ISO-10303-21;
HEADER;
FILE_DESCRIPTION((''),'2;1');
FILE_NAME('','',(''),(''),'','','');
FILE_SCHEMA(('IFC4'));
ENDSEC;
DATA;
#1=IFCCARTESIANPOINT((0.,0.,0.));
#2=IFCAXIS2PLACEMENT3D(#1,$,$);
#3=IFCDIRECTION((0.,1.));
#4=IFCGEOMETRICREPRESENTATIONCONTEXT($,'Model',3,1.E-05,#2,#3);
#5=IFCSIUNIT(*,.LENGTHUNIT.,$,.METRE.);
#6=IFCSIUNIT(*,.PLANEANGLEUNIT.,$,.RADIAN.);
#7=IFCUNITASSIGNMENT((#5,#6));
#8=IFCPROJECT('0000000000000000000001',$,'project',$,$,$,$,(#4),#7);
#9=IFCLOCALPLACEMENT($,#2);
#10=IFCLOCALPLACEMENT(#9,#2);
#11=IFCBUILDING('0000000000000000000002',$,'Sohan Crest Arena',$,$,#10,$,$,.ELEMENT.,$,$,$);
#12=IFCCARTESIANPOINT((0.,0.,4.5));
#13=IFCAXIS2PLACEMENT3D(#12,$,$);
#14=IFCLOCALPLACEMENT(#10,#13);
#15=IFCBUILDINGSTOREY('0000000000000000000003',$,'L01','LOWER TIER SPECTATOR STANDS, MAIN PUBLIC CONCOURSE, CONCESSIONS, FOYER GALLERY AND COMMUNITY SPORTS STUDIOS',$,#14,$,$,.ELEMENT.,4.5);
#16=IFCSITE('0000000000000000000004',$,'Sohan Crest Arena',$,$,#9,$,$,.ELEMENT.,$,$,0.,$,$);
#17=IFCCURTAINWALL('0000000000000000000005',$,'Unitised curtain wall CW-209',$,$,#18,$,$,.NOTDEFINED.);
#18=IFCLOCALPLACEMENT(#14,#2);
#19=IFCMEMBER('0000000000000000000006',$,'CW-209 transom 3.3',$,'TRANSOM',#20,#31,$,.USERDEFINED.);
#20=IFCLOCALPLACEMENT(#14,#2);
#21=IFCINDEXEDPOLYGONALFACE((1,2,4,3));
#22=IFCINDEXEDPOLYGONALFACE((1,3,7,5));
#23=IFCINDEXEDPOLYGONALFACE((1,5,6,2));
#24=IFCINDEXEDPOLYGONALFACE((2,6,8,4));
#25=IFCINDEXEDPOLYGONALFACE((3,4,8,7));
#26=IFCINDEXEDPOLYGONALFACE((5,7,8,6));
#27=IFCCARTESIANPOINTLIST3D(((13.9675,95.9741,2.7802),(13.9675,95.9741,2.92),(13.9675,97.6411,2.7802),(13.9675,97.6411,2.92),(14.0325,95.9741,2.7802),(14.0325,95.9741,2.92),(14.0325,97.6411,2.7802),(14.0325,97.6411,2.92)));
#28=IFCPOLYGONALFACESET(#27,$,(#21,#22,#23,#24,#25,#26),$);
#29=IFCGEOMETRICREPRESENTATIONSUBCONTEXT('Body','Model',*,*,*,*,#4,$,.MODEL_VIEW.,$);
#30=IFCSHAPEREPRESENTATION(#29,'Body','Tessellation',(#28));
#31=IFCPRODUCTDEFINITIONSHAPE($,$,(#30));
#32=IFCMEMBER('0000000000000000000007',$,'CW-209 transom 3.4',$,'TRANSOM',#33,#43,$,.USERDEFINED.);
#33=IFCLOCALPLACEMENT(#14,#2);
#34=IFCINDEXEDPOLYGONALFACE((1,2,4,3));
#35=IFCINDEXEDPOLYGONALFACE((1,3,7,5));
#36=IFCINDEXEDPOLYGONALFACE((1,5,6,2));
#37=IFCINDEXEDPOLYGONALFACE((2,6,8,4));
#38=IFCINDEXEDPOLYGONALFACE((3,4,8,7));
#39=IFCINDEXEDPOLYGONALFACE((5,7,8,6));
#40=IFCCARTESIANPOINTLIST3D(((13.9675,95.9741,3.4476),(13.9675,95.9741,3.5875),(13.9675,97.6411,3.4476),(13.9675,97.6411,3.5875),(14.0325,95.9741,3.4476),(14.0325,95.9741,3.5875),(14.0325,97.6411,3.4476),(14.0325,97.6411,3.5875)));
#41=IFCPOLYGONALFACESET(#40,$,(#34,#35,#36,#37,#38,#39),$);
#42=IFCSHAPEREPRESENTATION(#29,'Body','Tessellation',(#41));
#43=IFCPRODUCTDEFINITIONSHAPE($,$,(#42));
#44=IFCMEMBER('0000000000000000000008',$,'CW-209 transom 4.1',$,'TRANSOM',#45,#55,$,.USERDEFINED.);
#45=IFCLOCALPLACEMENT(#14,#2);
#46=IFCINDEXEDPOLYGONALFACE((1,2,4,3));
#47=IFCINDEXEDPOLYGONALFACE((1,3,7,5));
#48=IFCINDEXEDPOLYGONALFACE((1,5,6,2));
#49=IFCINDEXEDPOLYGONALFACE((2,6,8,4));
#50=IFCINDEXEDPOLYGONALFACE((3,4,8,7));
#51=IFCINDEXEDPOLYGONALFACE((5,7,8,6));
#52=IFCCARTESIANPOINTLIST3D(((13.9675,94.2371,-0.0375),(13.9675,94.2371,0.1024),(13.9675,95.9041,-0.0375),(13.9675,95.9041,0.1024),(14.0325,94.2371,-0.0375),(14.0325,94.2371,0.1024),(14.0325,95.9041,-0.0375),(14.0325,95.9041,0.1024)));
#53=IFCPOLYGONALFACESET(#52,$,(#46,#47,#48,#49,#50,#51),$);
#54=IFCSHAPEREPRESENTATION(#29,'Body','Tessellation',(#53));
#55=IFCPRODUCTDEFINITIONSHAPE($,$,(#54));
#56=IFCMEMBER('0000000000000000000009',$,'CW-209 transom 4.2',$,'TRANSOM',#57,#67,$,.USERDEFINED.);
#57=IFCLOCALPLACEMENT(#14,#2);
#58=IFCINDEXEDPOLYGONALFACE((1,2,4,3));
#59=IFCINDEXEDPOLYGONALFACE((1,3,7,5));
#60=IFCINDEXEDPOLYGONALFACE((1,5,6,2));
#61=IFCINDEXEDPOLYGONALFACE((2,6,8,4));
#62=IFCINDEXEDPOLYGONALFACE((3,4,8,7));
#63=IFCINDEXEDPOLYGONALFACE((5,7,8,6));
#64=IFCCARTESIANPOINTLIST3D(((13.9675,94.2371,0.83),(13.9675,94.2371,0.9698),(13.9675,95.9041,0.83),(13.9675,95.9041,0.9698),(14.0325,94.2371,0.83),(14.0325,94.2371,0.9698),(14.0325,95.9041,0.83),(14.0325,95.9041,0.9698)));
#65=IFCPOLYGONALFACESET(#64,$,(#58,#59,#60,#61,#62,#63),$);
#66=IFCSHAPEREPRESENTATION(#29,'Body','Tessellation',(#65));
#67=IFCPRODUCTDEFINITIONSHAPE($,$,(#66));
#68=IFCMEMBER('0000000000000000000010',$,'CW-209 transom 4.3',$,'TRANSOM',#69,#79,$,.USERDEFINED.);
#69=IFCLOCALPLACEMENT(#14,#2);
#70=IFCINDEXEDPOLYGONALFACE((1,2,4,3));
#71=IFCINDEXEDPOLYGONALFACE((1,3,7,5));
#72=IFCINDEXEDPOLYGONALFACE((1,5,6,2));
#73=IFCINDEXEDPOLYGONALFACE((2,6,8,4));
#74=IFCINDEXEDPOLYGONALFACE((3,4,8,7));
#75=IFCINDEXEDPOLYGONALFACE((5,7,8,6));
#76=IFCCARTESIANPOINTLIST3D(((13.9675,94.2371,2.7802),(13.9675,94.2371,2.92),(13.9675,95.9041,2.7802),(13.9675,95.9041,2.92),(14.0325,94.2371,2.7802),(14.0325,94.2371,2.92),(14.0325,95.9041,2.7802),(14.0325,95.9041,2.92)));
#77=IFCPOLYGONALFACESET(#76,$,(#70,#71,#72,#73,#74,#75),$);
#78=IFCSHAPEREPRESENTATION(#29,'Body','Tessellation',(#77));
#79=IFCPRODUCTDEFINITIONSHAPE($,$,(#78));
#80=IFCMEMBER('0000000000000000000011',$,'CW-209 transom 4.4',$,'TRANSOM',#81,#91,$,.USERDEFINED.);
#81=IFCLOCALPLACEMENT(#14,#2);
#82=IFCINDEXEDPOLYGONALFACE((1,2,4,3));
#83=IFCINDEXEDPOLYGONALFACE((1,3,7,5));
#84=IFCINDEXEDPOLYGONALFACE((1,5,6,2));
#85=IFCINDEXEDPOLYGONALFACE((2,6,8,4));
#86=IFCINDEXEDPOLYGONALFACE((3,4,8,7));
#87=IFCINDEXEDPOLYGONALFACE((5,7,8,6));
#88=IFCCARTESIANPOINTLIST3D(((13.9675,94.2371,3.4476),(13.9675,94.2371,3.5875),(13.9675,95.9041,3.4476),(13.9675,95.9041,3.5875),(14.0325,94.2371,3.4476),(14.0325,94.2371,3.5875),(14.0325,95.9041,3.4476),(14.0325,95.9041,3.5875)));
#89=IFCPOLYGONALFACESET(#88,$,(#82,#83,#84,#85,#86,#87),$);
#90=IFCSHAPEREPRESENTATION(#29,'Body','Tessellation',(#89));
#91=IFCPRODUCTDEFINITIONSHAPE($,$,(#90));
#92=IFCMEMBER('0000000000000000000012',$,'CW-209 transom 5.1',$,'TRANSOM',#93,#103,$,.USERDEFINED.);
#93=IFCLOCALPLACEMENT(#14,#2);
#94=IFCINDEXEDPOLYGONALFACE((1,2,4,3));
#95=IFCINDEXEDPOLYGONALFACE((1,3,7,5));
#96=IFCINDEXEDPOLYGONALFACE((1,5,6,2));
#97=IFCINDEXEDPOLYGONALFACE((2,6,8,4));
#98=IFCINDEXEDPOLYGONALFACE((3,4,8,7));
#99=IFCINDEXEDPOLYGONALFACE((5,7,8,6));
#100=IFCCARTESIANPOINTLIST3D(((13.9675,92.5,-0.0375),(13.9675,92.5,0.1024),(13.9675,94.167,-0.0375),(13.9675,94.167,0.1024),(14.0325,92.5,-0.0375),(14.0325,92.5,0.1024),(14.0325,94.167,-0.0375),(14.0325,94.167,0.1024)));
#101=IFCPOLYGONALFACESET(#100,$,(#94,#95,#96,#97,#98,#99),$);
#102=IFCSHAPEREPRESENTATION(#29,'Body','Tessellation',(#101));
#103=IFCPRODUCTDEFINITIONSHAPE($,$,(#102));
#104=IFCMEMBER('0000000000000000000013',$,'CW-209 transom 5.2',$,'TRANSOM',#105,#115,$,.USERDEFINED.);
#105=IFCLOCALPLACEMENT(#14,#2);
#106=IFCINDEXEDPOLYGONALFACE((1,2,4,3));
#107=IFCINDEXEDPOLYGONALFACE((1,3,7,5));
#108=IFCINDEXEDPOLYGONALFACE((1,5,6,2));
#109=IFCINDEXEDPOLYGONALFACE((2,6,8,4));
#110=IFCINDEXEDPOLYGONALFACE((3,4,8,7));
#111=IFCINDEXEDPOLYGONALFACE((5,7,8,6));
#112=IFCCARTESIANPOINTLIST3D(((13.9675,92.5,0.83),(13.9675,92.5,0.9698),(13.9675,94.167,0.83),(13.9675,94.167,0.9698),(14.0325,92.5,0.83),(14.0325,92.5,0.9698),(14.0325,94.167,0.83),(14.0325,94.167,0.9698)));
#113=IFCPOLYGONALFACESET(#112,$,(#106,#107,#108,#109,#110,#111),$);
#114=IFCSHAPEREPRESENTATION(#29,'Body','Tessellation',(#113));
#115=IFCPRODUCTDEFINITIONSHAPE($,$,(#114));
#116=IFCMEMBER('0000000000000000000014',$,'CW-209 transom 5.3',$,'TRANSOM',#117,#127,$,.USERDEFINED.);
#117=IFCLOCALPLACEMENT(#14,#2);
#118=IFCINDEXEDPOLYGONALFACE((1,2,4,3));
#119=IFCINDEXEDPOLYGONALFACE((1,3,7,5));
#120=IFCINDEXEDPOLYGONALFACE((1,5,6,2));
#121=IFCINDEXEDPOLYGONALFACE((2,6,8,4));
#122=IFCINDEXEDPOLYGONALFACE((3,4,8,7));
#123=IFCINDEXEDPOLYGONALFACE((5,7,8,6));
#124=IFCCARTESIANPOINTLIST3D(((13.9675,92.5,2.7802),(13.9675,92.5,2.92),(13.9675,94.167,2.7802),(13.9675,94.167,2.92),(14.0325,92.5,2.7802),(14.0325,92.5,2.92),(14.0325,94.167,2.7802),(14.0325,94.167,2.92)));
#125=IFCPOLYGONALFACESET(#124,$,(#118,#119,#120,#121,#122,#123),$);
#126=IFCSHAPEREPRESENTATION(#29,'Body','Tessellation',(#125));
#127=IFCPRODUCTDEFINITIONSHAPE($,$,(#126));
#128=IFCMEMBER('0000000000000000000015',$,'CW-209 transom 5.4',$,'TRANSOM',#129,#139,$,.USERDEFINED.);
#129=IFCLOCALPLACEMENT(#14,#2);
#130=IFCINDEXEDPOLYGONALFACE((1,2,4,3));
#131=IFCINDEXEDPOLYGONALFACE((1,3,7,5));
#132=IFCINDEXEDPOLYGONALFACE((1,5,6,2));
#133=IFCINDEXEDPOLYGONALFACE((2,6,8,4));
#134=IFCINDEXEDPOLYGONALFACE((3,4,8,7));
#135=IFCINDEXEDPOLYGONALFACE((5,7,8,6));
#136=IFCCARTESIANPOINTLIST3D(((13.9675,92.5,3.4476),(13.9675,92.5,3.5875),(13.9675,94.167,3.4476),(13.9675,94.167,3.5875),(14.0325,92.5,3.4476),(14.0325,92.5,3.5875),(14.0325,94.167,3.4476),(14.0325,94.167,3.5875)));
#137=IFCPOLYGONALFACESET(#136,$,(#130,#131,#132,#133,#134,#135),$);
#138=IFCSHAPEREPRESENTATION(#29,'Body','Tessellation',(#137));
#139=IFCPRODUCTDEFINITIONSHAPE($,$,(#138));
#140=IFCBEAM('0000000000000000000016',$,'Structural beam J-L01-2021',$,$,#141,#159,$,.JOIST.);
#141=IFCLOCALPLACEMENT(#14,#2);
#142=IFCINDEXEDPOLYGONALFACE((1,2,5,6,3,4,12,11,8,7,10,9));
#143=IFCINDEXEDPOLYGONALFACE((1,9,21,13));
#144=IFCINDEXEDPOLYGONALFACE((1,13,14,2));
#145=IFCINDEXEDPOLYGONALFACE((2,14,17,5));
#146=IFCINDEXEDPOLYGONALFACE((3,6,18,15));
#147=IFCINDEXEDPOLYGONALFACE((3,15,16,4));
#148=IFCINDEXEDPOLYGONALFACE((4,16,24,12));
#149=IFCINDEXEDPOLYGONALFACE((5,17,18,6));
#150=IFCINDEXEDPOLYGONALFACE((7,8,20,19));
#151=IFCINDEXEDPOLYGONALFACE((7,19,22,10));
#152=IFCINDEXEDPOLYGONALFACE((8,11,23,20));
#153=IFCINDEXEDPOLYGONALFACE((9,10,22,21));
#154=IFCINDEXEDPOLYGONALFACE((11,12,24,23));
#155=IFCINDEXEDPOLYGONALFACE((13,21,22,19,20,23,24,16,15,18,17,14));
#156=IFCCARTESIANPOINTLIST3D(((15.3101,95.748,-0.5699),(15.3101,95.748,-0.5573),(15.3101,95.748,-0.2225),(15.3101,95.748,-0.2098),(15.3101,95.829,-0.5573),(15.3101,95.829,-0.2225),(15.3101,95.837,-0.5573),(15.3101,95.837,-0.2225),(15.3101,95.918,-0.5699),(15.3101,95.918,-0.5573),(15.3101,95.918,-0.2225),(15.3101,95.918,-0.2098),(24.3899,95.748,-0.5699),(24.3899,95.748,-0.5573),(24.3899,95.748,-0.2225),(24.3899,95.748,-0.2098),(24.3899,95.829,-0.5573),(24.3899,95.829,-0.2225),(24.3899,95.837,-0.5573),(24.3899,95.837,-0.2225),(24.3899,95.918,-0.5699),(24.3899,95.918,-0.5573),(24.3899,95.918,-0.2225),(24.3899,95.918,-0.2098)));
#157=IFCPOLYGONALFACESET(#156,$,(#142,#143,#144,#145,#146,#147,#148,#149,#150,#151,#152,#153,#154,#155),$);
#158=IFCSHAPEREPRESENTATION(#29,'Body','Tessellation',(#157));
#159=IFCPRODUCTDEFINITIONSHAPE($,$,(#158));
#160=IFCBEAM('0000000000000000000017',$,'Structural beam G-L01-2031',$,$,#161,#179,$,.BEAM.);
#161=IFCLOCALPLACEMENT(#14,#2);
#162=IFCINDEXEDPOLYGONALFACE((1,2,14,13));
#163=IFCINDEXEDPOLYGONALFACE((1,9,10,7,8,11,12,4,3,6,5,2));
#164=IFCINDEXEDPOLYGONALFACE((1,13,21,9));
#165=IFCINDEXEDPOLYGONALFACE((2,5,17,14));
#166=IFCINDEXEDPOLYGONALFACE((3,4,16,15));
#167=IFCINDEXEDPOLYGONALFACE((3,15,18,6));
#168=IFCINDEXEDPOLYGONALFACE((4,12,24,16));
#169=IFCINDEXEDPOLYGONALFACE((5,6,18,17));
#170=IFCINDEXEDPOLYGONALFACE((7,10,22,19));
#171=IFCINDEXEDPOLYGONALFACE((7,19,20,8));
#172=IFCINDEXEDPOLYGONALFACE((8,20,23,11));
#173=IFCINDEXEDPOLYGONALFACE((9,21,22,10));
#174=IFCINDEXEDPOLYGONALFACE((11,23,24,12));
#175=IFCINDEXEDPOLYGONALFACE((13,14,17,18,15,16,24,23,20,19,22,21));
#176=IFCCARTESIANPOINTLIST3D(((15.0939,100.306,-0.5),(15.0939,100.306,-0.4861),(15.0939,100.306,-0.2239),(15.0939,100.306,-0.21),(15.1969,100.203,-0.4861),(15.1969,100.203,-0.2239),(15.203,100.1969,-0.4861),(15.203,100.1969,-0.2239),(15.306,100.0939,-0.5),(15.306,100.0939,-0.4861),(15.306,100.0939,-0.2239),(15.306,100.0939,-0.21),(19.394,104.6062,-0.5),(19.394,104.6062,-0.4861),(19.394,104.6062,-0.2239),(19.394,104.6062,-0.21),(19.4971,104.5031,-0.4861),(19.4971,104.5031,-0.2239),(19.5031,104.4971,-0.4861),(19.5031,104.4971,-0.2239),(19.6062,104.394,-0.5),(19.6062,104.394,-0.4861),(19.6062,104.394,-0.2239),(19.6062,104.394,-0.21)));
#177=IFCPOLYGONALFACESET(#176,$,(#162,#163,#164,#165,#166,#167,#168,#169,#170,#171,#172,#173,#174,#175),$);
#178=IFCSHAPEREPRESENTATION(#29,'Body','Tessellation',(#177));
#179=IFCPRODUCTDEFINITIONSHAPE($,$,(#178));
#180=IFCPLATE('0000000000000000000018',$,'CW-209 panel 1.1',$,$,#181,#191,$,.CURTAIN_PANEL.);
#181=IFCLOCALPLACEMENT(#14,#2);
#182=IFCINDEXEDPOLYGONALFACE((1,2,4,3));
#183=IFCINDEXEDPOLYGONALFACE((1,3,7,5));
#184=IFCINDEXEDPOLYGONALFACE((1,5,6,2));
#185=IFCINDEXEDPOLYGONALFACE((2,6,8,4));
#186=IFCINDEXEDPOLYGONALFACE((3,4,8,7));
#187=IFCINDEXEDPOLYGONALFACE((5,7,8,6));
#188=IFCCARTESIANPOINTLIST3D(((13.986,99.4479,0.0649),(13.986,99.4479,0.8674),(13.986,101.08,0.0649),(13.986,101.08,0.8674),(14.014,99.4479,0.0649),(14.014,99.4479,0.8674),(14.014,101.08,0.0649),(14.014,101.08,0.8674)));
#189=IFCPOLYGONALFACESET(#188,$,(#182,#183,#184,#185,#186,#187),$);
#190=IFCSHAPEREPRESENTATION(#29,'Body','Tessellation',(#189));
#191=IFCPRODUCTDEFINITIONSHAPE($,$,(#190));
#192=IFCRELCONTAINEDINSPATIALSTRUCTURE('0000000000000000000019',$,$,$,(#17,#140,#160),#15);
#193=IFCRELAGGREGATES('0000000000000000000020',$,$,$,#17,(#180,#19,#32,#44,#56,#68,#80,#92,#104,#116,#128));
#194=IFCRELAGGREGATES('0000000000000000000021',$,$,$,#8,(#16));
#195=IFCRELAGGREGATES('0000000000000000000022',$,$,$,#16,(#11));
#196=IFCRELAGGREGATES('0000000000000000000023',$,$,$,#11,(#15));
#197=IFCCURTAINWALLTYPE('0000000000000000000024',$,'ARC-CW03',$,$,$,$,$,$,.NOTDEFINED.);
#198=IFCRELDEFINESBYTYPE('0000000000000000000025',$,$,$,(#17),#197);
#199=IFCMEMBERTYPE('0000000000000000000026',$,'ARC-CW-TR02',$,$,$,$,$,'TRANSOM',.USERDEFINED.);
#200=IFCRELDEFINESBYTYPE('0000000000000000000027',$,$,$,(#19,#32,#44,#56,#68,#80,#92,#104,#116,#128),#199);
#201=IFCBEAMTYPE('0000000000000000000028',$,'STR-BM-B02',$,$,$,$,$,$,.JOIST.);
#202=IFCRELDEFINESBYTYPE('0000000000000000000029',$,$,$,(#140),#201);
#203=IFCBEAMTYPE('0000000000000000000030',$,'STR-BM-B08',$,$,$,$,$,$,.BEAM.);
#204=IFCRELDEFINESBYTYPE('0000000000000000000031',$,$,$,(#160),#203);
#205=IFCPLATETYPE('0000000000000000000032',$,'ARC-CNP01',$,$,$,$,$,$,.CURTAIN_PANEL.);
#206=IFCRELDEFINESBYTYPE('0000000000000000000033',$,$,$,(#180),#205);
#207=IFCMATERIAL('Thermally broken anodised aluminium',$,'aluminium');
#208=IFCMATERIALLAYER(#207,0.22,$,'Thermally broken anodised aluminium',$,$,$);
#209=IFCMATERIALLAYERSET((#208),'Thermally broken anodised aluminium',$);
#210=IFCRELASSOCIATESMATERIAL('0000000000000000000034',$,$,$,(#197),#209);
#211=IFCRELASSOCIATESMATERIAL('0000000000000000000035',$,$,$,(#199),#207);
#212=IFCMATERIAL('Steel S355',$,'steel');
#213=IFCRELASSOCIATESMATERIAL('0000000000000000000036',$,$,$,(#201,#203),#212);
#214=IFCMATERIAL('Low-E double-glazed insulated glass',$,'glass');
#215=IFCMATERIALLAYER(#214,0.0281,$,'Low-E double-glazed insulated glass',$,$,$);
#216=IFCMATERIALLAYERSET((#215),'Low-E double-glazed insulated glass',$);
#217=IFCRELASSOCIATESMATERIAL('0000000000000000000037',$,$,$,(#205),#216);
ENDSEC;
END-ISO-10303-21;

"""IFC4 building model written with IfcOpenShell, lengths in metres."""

from ifc_helpers import new_model, si_unit, direction, frame, origin, origin_2d, place, context, subcontext, project, spatial, rectangle, i_section, extrude, material, layer, layer_set, material_profile, profile_set, type_object, element, aggregate, save


model = new_model("IFC4")

# Units and contexts
model_context = context("Model", 3, precision=1e-05, world=origin(), true_north=direction((0.0, 1.0)))
body_context = subcontext(model_context, "Body", "Model", "MODEL_VIEW")
ifc_project = project(units=[si_unit("LENGTHUNIT", "METRE"), si_unit("PLANEANGLEUNIT", "RADIAN")], contexts=[model_context])

# Site, building, storey
site_placement = place(None, origin())
site = spatial("IfcSite", under=ifc_project, at=site_placement, Name="Sohan Crest Arena", CompositionType="ELEMENT", RefElevation=0.0)
building_placement = place(site_placement, origin())
building = spatial("IfcBuilding", under=site, at=building_placement, Name="Sohan Crest Arena", CompositionType="ELEMENT")
storey_placement = place(building_placement, frame((0.0, 0.0, 4.5)))
storey = spatial("IfcBuildingStorey", under=building, at=storey_placement, Name="L01", Description="LOWER TIER SPECTATOR STANDS, MAIN PUBLIC CONCOURSE, CONCESSIONS, FOYER GALLERY AND COMMUNITY SPORTS STUDIOS", CompositionType="ELEMENT", Elevation=4.5)

# Shared definitions
ifc_material_1 = material(Name="Thermally broken anodised aluminium", Category="aluminium")

# Curtain wall, members
ifc_layer_1 = layer(ifc_material_1, 0.22, Name="Thermally broken anodised aluminium")
ifc_layer_set_1 = layer_set([ifc_layer_1], Name="Thermally broken anodised aluminium")
curtain_wall_type_1 = type_object("IfcCurtainWallType", Name="ARC-CW03", PredefinedType="NOTDEFINED", material=ifc_layer_set_1)
curtain_wall_1_placement = place(storey_placement, origin())
curtain_wall_1 = element("IfcCurtainWall", 1, at=curtain_wall_1_placement, inside=storey, type_object=curtain_wall_type_1, Name="Unitised curtain wall CW-209", PredefinedType="NOTDEFINED")
ifc_material_profile_1 = material_profile(ifc_material_1, rectangle(XDim=0.0649, YDim=0.1399, at=origin_2d()), Name="ALU-TRAN 65x140")
ifc_profile_set_1 = profile_set([ifc_material_profile_1], Name="Thermally broken anodised aluminium")
member_type_1 = type_object("IfcMemberType", Name="ARC-CW-TR02", ElementType="TRANSOM", PredefinedType="USERDEFINED", material=ifc_profile_set_1)
member_1_placement = place(storey_placement, frame((14.0, 97.6411, 2.8501), z_axis=(0.0, -1.0, 0.0), x_axis=(1.0, 0.0, 0.0)))
member_1 = element("IfcMember", 2, at=member_1_placement, type_object=member_type_1, Name="CW-209 transom 3.3", ObjectType="TRANSOM", PredefinedType="USERDEFINED", context=body_context, shape_type="SweptSolid", body=[
    extrude(rectangle(XDim=0.0649, YDim=0.1399, at=origin_2d()), origin(), (0.0, 0.0, 1.0), 1.667),
])
member_2_placement = place(storey_placement, frame((14.0, 97.6411, 3.5176), z_axis=(0.0, -1.0, 0.0), x_axis=(1.0, 0.0, 0.0)))
member_2 = element("IfcMember", 3, at=member_2_placement, type_object=member_type_1, Name="CW-209 transom 3.4", ObjectType="TRANSOM", PredefinedType="USERDEFINED", context=body_context, shape_type="SweptSolid", body=[
    extrude(rectangle(XDim=0.0649, YDim=0.1399, at=origin_2d()), origin(), (0.0, 0.0, 1.0), 1.667),
])
member_3_placement = place(storey_placement, frame((14.0, 95.9041, 0.0325), z_axis=(0.0, -1.0, 0.0), x_axis=(1.0, 0.0, 0.0)))
member_3 = element("IfcMember", 4, at=member_3_placement, type_object=member_type_1, Name="CW-209 transom 4.1", ObjectType="TRANSOM", PredefinedType="USERDEFINED", context=body_context, shape_type="SweptSolid", body=[
    extrude(rectangle(XDim=0.0649, YDim=0.1399, at=origin_2d()), origin(), (0.0, 0.0, 1.0), 1.667),
])
member_4_placement = place(storey_placement, frame((14.0, 95.9041, 0.8999), z_axis=(0.0, -1.0, 0.0), x_axis=(1.0, 0.0, 0.0)))
member_4 = element("IfcMember", 5, at=member_4_placement, type_object=member_type_1, Name="CW-209 transom 4.2", ObjectType="TRANSOM", PredefinedType="USERDEFINED", context=body_context, shape_type="SweptSolid", body=[
    extrude(rectangle(XDim=0.0649, YDim=0.1399, at=origin_2d()), origin(), (0.0, 0.0, 1.0), 1.667),
])
member_5_placement = place(storey_placement, frame((14.0, 95.9041, 2.8501), z_axis=(0.0, -1.0, 0.0), x_axis=(1.0, 0.0, 0.0)))
member_5 = element("IfcMember", 6, at=member_5_placement, type_object=member_type_1, Name="CW-209 transom 4.3", ObjectType="TRANSOM", PredefinedType="USERDEFINED", context=body_context, shape_type="SweptSolid", body=[
    extrude(rectangle(XDim=0.0649, YDim=0.1399, at=origin_2d()), origin(), (0.0, 0.0, 1.0), 1.667),
])
member_6_placement = place(storey_placement, frame((14.0, 95.9041, 3.5176), z_axis=(0.0, -1.0, 0.0), x_axis=(1.0, 0.0, 0.0)))
member_6 = element("IfcMember", 7, at=member_6_placement, type_object=member_type_1, Name="CW-209 transom 4.4", ObjectType="TRANSOM", PredefinedType="USERDEFINED", context=body_context, shape_type="SweptSolid", body=[
    extrude(rectangle(XDim=0.0649, YDim=0.1399, at=origin_2d()), origin(), (0.0, 0.0, 1.0), 1.667),
])
member_7_placement = place(storey_placement, frame((14.0, 94.167, 0.0325), z_axis=(0.0, -1.0, 0.0), x_axis=(1.0, 0.0, 0.0)))
member_7 = element("IfcMember", 8, at=member_7_placement, type_object=member_type_1, Name="CW-209 transom 5.1", ObjectType="TRANSOM", PredefinedType="USERDEFINED", context=body_context, shape_type="SweptSolid", body=[
    extrude(rectangle(XDim=0.0649, YDim=0.1399, at=origin_2d()), origin(), (0.0, 0.0, 1.0), 1.667),
])
member_8_placement = place(storey_placement, frame((14.0, 94.167, 0.8999), z_axis=(0.0, -1.0, 0.0), x_axis=(1.0, 0.0, 0.0)))
member_8 = element("IfcMember", 9, at=member_8_placement, type_object=member_type_1, Name="CW-209 transom 5.2", ObjectType="TRANSOM", PredefinedType="USERDEFINED", context=body_context, shape_type="SweptSolid", body=[
    extrude(rectangle(XDim=0.0649, YDim=0.1399, at=origin_2d()), origin(), (0.0, 0.0, 1.0), 1.667),
])
member_9_placement = place(storey_placement, frame((14.0, 94.167, 2.8501), z_axis=(0.0, -1.0, 0.0), x_axis=(1.0, 0.0, 0.0)))
member_9 = element("IfcMember", 10, at=member_9_placement, type_object=member_type_1, Name="CW-209 transom 5.3", ObjectType="TRANSOM", PredefinedType="USERDEFINED", context=body_context, shape_type="SweptSolid", body=[
    extrude(rectangle(XDim=0.0649, YDim=0.1399, at=origin_2d()), origin(), (0.0, 0.0, 1.0), 1.667),
])
member_10_placement = place(storey_placement, frame((14.0, 94.167, 3.5176), z_axis=(0.0, -1.0, 0.0), x_axis=(1.0, 0.0, 0.0)))
member_10 = element("IfcMember", 11, at=member_10_placement, type_object=member_type_1, Name="CW-209 transom 5.4", ObjectType="TRANSOM", PredefinedType="USERDEFINED", context=body_context, shape_type="SweptSolid", body=[
    extrude(rectangle(XDim=0.0649, YDim=0.1399, at=origin_2d()), origin(), (0.0, 0.0, 1.0), 1.667),
])

# Beams
ifc_material_2 = material(Name="Steel S355", Category="steel")
ifc_material_profile_2 = material_profile(ifc_material_2, i_section(OverallWidth=0.1699, OverallDepth=0.3601, WebThickness=0.0081, FlangeThickness=0.0127, at=origin_2d()), Name="IPE 360")
ifc_profile_set_2 = profile_set([ifc_material_profile_2], Name="Steel S355")
beam_type_1 = type_object("IfcBeamType", Name="STR-BM-B02", PredefinedType="JOIST", material=ifc_profile_set_2)
beam_1_placement = place(storey_placement, frame((15.3101, 95.833, -0.3899), z_axis=(1.0, 0.0, 0.0), x_axis=(0.0, 1.0, 0.0)))
element("IfcBeam", 12, at=beam_1_placement, inside=storey, type_object=beam_type_1, Name="Structural beam J-L01-2021", PredefinedType="JOIST", context=body_context, shape_type="SweptSolid", body=[
    extrude(i_section(OverallWidth=0.1699, OverallDepth=0.3601, WebThickness=0.0081, FlangeThickness=0.0127, at=origin_2d()), origin(), (0.0, 0.0, 1.0), 9.0798),
])
ifc_material_profile_3 = material_profile(ifc_material_2, i_section(OverallWidth=0.3, OverallDepth=0.29, WebThickness=0.0085, FlangeThickness=0.0139, at=origin_2d()), Name="HEA 300")
ifc_profile_set_3 = profile_set([ifc_material_profile_3], Name="Steel S355")
beam_type_2 = type_object("IfcBeamType", Name="STR-BM-B08", PredefinedType="BEAM", material=ifc_profile_set_3)
beam_2_placement = place(storey_placement, frame((15.2, 100.2, -0.355), z_axis=(0.707107, 0.707107, 0.0), x_axis=(-0.707107, 0.707107, 0.0)))
element("IfcBeam", 13, at=beam_2_placement, inside=storey, type_object=beam_type_2, Name="Structural beam G-L01-2031", PredefinedType="BEAM", context=body_context, shape_type="SweptSolid", body=[
    extrude(i_section(OverallWidth=0.3, OverallDepth=0.29, WebThickness=0.0085, FlangeThickness=0.0139, at=origin_2d()), origin(), (0.0, 0.0, 1.0), 6.0813),
])

# Plate
ifc_material_3 = material(Name="Low-E double-glazed insulated glass", Category="glass")
ifc_layer_2 = layer(ifc_material_3, 0.0281, Name="Low-E double-glazed insulated glass")
ifc_layer_set_2 = layer_set([ifc_layer_2], Name="Low-E double-glazed insulated glass")
plate_type = type_object("IfcPlateType", Name="ARC-CNP01", PredefinedType="CURTAIN_PANEL", material=ifc_layer_set_2)
plate_1_placement = place(storey_placement, frame((14.0, 100.2639, 0.0649), z_axis=(0.0, 0.0, 1.0), x_axis=(0.0, -1.0, 0.0)))
plate_1 = element("IfcPlate", 14, at=plate_1_placement, type_object=plate_type, Name="CW-209 panel 1.1", PredefinedType="CURTAIN_PANEL", context=body_context, shape_type="SweptSolid", body=[
    extrude(rectangle(XDim=1.6321, YDim=0.0281, at=origin_2d()), origin(), (0.0, 0.0, 1.0), 0.8025),
])
aggregate(curtain_wall_1, [plate_1, member_1, member_2, member_3, member_4, member_5, member_6, member_7, member_8, member_9, member_10])

save(model, "model.ifc")
